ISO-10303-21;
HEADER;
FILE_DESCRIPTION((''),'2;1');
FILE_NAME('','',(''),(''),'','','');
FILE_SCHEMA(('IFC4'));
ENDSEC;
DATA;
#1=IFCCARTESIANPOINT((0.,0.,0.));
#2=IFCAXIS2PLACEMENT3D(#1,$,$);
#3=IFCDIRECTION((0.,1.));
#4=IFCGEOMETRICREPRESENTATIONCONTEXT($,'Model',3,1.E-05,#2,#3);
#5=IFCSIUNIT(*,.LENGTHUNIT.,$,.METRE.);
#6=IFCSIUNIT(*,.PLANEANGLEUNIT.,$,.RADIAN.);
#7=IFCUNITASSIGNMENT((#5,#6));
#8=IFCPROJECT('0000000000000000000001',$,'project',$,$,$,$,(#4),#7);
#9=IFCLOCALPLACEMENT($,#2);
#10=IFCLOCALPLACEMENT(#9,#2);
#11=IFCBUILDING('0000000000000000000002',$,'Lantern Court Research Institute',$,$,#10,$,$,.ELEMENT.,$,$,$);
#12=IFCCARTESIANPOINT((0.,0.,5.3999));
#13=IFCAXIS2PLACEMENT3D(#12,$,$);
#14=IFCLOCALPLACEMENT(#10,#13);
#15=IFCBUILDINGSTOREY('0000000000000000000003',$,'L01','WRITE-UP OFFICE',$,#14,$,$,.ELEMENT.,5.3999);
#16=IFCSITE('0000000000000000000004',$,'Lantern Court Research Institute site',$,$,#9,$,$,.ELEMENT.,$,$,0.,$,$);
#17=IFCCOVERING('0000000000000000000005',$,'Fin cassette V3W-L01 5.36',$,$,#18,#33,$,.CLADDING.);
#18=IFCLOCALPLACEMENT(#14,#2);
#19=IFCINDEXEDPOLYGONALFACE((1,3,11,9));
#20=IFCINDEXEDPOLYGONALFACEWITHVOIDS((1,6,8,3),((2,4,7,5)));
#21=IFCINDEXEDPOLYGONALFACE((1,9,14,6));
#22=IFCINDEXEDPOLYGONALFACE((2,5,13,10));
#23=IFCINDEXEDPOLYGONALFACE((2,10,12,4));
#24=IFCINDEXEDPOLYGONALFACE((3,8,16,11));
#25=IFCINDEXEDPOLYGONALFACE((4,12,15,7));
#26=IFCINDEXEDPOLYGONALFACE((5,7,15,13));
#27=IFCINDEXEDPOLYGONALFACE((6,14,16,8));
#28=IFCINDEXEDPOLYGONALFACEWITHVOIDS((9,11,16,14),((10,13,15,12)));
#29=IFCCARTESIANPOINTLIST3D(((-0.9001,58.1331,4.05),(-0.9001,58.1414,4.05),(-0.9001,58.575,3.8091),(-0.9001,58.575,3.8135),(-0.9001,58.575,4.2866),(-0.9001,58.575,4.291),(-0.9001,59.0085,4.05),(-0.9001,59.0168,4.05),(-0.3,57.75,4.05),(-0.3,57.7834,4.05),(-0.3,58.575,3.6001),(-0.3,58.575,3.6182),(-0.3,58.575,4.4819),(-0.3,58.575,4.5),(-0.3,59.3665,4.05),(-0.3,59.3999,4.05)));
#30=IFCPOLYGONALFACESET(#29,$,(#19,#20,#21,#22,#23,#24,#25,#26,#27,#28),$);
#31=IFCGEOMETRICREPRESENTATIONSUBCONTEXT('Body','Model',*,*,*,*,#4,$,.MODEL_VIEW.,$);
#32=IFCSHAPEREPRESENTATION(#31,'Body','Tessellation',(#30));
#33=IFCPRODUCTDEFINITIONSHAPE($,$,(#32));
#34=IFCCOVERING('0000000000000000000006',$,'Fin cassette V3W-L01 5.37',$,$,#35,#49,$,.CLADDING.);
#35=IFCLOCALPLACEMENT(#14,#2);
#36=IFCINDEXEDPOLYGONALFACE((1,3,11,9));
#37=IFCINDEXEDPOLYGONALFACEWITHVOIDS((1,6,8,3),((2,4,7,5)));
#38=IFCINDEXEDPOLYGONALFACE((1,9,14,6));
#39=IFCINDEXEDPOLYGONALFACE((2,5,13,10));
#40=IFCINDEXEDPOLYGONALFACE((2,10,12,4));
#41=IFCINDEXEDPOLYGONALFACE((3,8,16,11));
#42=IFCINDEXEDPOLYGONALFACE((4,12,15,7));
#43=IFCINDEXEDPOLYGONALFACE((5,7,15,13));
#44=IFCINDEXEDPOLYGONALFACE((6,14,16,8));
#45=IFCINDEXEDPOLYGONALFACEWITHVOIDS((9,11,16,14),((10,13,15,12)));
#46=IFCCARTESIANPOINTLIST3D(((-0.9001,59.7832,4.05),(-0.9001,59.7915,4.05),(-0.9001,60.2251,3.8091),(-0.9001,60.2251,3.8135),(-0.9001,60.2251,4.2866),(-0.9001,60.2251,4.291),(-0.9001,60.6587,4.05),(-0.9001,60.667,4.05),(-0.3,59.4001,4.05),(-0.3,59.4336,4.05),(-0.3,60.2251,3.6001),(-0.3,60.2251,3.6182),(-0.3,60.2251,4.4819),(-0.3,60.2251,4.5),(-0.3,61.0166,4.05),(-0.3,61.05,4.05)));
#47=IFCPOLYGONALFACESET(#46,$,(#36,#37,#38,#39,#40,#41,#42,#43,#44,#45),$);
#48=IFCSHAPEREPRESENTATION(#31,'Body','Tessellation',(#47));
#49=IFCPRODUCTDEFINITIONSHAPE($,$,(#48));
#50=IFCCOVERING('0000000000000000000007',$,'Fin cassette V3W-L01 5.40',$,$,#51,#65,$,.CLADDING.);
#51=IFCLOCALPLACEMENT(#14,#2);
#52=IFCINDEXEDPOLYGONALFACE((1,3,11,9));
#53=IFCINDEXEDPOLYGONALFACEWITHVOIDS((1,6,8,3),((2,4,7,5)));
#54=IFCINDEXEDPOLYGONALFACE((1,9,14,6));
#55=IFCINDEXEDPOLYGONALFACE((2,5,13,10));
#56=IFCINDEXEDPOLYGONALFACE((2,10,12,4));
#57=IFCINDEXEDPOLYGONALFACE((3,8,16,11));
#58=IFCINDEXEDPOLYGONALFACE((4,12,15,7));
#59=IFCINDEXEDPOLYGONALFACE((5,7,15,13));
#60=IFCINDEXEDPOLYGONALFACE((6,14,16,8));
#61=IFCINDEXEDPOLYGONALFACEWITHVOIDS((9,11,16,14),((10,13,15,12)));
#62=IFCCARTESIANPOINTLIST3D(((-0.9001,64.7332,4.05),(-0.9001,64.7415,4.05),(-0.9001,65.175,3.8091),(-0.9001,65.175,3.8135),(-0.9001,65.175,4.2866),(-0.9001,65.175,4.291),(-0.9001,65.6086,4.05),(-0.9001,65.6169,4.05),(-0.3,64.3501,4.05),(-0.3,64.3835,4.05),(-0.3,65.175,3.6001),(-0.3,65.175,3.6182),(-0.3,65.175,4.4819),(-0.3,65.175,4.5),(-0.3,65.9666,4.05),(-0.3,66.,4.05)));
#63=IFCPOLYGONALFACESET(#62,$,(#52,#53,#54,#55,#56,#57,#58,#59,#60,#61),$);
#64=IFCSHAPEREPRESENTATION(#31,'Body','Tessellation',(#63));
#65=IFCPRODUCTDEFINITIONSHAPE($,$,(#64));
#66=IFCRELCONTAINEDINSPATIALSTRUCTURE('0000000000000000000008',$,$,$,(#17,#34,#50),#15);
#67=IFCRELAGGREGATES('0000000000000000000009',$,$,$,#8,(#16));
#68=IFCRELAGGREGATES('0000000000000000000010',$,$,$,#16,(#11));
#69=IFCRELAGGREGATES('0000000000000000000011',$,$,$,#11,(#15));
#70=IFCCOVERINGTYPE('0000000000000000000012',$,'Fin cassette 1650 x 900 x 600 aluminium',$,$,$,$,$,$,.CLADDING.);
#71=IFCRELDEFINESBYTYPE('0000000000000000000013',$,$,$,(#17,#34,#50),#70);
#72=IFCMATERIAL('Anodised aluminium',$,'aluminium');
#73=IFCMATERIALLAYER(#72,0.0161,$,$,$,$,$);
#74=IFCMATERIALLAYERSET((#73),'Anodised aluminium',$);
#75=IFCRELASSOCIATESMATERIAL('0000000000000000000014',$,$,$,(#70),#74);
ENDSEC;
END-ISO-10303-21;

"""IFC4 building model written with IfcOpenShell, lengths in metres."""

from ifc_helpers import new_model, entity, si_unit, direction, frame, origin, place, context, subcontext, project, spatial, material, layer, layer_set, type_object, element, save


model = new_model("IFC4")

# Units and contexts
model_context = context("Model", 3, precision=1e-05, world=origin(), true_north=direction((0.0, 1.0)))
body_context = subcontext(model_context, "Body", "Model", "MODEL_VIEW")
ifc_project = project(units=[si_unit("LENGTHUNIT", "METRE"), si_unit("PLANEANGLEUNIT", "RADIAN")], contexts=[model_context])

# Site, building, storey
site_placement = place(None, origin())
site = spatial("IfcSite", under=ifc_project, at=site_placement, Name="Lantern Court Research Institute site", CompositionType="ELEMENT", RefElevation=0.0)
building_placement = place(site_placement, origin())
building = spatial("IfcBuilding", under=site, at=building_placement, Name="Lantern Court Research Institute", CompositionType="ELEMENT")
storey_placement = place(building_placement, frame((0.0, 0.0, 5.3999)))
storey = spatial("IfcBuildingStorey", under=building, at=storey_placement, Name="L01", Description="WRITE-UP OFFICE", CompositionType="ELEMENT", Elevation=5.3999)

# Coverings
ifc_material_1 = material(Name="Anodised aluminium", Category="aluminium")
ifc_layer_1 = layer(ifc_material_1, 0.0161)
ifc_layer_set_1 = layer_set([ifc_layer_1], Name="Anodised aluminium")
covering_type_1 = type_object("IfcCoveringType", Name="Fin cassette 1650 x 900 x 600 aluminium", PredefinedType="CLADDING", material=ifc_layer_set_1)
covering_1_placement = place(storey_placement, frame((-0.3, 58.575, 4.05), z_axis=(-1.0, 0.0, 0.0), x_axis=(0.0, -1.0, 0.0)))
cartesian_point_1 = entity("IfcCartesianPoint", [0.825, 0.0])
cartesian_point_2 = entity("IfcCartesianPoint", [0.7915, 0.0])
cartesian_point_3 = entity("IfcCartesianPoint", [0.4419, 0.0])
cartesian_point_4 = entity("IfcCartesianPoint", [0.4336, 0.0])
element("IfcCovering", 1, at=covering_1_placement, inside=storey, type_object=covering_type_1, Name="Fin cassette V3W-L01 5.36", PredefinedType="CLADDING", context=body_context, shape_type="SweptSolid", body=[
    entity("IfcExtrudedAreaSolidTapered", entity("IfcArbitraryProfileDefWithVoids", "AREA", None, entity("IfcPolyline", [cartesian_point_1, entity("IfcCartesianPoint", [0.0, 0.45]), entity("IfcCartesianPoint", [-0.825, 0.0]), entity("IfcCartesianPoint", [0.0, -0.45]), cartesian_point_1]), [entity("IfcPolyline", [cartesian_point_2, entity("IfcCartesianPoint", [0.0, 0.4319]), entity("IfcCartesianPoint", [-0.7915, 0.0]), entity("IfcCartesianPoint", [0.0, -0.4319]), cartesian_point_2])]), entity("IfcAxis2Placement3D", entity("IfcCartesianPoint", [0.0, 0.0, 0.0])), entity("IfcDirection", [0.0, 0.0, 1.0]), 0.6001, entity("IfcArbitraryProfileDefWithVoids", "AREA", None, entity("IfcPolyline", [cartesian_point_3, entity("IfcCartesianPoint", [0.0, 0.241]), entity("IfcCartesianPoint", [-0.4419, 0.0]), entity("IfcCartesianPoint", [0.0, -0.241]), cartesian_point_3]), [entity("IfcPolyline", [cartesian_point_4, entity("IfcCartesianPoint", [0.0, 0.2366]), entity("IfcCartesianPoint", [-0.4336, 0.0]), entity("IfcCartesianPoint", [0.0, -0.2366]), cartesian_point_4])])),
])
covering_2_placement = place(storey_placement, frame((-0.3, 60.2251, 4.05), z_axis=(-1.0, 0.0, 0.0), x_axis=(0.0, -1.0, 0.0)))
cartesian_point_5 = entity("IfcCartesianPoint", [0.825, 0.0])
cartesian_point_6 = entity("IfcCartesianPoint", [0.7915, 0.0])
cartesian_point_7 = entity("IfcCartesianPoint", [0.4419, 0.0])
cartesian_point_8 = entity("IfcCartesianPoint", [0.4336, 0.0])
element("IfcCovering", 2, at=covering_2_placement, inside=storey, type_object=covering_type_1, Name="Fin cassette V3W-L01 5.37", PredefinedType="CLADDING", context=body_context, shape_type="SweptSolid", body=[
    entity("IfcExtrudedAreaSolidTapered", entity("IfcArbitraryProfileDefWithVoids", "AREA", None, entity("IfcPolyline", [cartesian_point_5, entity("IfcCartesianPoint", [0.0, 0.45]), entity("IfcCartesianPoint", [-0.825, 0.0]), entity("IfcCartesianPoint", [0.0, -0.45]), cartesian_point_5]), [entity("IfcPolyline", [cartesian_point_6, entity("IfcCartesianPoint", [0.0, 0.4319]), entity("IfcCartesianPoint", [-0.7915, 0.0]), entity("IfcCartesianPoint", [0.0, -0.4319]), cartesian_point_6])]), entity("IfcAxis2Placement3D", entity("IfcCartesianPoint", [0.0, 0.0, 0.0])), entity("IfcDirection", [0.0, 0.0, 1.0]), 0.6001, entity("IfcArbitraryProfileDefWithVoids", "AREA", None, entity("IfcPolyline", [cartesian_point_7, entity("IfcCartesianPoint", [0.0, 0.241]), entity("IfcCartesianPoint", [-0.4419, 0.0]), entity("IfcCartesianPoint", [0.0, -0.241]), cartesian_point_7]), [entity("IfcPolyline", [cartesian_point_8, entity("IfcCartesianPoint", [0.0, 0.2366]), entity("IfcCartesianPoint", [-0.4336, 0.0]), entity("IfcCartesianPoint", [0.0, -0.2366]), cartesian_point_8])])),
])
covering_3_placement = place(storey_placement, frame((-0.3, 65.175, 4.05), z_axis=(-1.0, 0.0, 0.0), x_axis=(0.0, -1.0, 0.0)))
cartesian_point_9 = entity("IfcCartesianPoint", [0.825, 0.0])
cartesian_point_10 = entity("IfcCartesianPoint", [0.7915, 0.0])
cartesian_point_11 = entity("IfcCartesianPoint", [0.4419, 0.0])
cartesian_point_12 = entity("IfcCartesianPoint", [0.4336, 0.0])
element("IfcCovering", 3, at=covering_3_placement, inside=storey, type_object=covering_type_1, Name="Fin cassette V3W-L01 5.40", PredefinedType="CLADDING", context=body_context, shape_type="SweptSolid", body=[
    entity("IfcExtrudedAreaSolidTapered", entity("IfcArbitraryProfileDefWithVoids", "AREA", None, entity("IfcPolyline", [cartesian_point_9, entity("IfcCartesianPoint", [0.0, 0.45]), entity("IfcCartesianPoint", [-0.825, 0.0]), entity("IfcCartesianPoint", [0.0, -0.45]), cartesian_point_9]), [entity("IfcPolyline", [cartesian_point_10, entity("IfcCartesianPoint", [0.0, 0.4319]), entity("IfcCartesianPoint", [-0.7915, 0.0]), entity("IfcCartesianPoint", [0.0, -0.4319]), cartesian_point_10])]), entity("IfcAxis2Placement3D", entity("IfcCartesianPoint", [0.0, 0.0, 0.0])), entity("IfcDirection", [0.0, 0.0, 1.0]), 0.6001, entity("IfcArbitraryProfileDefWithVoids", "AREA", None, entity("IfcPolyline", [cartesian_point_11, entity("IfcCartesianPoint", [0.0, 0.241]), entity("IfcCartesianPoint", [-0.4419, 0.0]), entity("IfcCartesianPoint", [0.0, -0.241]), cartesian_point_11]), [entity("IfcPolyline", [cartesian_point_12, entity("IfcCartesianPoint", [0.0, 0.2366]), entity("IfcCartesianPoint", [-0.4336, 0.0]), entity("IfcCartesianPoint", [0.0, -0.2366]), cartesian_point_12])])),
])

save(model, "model.ifc")
